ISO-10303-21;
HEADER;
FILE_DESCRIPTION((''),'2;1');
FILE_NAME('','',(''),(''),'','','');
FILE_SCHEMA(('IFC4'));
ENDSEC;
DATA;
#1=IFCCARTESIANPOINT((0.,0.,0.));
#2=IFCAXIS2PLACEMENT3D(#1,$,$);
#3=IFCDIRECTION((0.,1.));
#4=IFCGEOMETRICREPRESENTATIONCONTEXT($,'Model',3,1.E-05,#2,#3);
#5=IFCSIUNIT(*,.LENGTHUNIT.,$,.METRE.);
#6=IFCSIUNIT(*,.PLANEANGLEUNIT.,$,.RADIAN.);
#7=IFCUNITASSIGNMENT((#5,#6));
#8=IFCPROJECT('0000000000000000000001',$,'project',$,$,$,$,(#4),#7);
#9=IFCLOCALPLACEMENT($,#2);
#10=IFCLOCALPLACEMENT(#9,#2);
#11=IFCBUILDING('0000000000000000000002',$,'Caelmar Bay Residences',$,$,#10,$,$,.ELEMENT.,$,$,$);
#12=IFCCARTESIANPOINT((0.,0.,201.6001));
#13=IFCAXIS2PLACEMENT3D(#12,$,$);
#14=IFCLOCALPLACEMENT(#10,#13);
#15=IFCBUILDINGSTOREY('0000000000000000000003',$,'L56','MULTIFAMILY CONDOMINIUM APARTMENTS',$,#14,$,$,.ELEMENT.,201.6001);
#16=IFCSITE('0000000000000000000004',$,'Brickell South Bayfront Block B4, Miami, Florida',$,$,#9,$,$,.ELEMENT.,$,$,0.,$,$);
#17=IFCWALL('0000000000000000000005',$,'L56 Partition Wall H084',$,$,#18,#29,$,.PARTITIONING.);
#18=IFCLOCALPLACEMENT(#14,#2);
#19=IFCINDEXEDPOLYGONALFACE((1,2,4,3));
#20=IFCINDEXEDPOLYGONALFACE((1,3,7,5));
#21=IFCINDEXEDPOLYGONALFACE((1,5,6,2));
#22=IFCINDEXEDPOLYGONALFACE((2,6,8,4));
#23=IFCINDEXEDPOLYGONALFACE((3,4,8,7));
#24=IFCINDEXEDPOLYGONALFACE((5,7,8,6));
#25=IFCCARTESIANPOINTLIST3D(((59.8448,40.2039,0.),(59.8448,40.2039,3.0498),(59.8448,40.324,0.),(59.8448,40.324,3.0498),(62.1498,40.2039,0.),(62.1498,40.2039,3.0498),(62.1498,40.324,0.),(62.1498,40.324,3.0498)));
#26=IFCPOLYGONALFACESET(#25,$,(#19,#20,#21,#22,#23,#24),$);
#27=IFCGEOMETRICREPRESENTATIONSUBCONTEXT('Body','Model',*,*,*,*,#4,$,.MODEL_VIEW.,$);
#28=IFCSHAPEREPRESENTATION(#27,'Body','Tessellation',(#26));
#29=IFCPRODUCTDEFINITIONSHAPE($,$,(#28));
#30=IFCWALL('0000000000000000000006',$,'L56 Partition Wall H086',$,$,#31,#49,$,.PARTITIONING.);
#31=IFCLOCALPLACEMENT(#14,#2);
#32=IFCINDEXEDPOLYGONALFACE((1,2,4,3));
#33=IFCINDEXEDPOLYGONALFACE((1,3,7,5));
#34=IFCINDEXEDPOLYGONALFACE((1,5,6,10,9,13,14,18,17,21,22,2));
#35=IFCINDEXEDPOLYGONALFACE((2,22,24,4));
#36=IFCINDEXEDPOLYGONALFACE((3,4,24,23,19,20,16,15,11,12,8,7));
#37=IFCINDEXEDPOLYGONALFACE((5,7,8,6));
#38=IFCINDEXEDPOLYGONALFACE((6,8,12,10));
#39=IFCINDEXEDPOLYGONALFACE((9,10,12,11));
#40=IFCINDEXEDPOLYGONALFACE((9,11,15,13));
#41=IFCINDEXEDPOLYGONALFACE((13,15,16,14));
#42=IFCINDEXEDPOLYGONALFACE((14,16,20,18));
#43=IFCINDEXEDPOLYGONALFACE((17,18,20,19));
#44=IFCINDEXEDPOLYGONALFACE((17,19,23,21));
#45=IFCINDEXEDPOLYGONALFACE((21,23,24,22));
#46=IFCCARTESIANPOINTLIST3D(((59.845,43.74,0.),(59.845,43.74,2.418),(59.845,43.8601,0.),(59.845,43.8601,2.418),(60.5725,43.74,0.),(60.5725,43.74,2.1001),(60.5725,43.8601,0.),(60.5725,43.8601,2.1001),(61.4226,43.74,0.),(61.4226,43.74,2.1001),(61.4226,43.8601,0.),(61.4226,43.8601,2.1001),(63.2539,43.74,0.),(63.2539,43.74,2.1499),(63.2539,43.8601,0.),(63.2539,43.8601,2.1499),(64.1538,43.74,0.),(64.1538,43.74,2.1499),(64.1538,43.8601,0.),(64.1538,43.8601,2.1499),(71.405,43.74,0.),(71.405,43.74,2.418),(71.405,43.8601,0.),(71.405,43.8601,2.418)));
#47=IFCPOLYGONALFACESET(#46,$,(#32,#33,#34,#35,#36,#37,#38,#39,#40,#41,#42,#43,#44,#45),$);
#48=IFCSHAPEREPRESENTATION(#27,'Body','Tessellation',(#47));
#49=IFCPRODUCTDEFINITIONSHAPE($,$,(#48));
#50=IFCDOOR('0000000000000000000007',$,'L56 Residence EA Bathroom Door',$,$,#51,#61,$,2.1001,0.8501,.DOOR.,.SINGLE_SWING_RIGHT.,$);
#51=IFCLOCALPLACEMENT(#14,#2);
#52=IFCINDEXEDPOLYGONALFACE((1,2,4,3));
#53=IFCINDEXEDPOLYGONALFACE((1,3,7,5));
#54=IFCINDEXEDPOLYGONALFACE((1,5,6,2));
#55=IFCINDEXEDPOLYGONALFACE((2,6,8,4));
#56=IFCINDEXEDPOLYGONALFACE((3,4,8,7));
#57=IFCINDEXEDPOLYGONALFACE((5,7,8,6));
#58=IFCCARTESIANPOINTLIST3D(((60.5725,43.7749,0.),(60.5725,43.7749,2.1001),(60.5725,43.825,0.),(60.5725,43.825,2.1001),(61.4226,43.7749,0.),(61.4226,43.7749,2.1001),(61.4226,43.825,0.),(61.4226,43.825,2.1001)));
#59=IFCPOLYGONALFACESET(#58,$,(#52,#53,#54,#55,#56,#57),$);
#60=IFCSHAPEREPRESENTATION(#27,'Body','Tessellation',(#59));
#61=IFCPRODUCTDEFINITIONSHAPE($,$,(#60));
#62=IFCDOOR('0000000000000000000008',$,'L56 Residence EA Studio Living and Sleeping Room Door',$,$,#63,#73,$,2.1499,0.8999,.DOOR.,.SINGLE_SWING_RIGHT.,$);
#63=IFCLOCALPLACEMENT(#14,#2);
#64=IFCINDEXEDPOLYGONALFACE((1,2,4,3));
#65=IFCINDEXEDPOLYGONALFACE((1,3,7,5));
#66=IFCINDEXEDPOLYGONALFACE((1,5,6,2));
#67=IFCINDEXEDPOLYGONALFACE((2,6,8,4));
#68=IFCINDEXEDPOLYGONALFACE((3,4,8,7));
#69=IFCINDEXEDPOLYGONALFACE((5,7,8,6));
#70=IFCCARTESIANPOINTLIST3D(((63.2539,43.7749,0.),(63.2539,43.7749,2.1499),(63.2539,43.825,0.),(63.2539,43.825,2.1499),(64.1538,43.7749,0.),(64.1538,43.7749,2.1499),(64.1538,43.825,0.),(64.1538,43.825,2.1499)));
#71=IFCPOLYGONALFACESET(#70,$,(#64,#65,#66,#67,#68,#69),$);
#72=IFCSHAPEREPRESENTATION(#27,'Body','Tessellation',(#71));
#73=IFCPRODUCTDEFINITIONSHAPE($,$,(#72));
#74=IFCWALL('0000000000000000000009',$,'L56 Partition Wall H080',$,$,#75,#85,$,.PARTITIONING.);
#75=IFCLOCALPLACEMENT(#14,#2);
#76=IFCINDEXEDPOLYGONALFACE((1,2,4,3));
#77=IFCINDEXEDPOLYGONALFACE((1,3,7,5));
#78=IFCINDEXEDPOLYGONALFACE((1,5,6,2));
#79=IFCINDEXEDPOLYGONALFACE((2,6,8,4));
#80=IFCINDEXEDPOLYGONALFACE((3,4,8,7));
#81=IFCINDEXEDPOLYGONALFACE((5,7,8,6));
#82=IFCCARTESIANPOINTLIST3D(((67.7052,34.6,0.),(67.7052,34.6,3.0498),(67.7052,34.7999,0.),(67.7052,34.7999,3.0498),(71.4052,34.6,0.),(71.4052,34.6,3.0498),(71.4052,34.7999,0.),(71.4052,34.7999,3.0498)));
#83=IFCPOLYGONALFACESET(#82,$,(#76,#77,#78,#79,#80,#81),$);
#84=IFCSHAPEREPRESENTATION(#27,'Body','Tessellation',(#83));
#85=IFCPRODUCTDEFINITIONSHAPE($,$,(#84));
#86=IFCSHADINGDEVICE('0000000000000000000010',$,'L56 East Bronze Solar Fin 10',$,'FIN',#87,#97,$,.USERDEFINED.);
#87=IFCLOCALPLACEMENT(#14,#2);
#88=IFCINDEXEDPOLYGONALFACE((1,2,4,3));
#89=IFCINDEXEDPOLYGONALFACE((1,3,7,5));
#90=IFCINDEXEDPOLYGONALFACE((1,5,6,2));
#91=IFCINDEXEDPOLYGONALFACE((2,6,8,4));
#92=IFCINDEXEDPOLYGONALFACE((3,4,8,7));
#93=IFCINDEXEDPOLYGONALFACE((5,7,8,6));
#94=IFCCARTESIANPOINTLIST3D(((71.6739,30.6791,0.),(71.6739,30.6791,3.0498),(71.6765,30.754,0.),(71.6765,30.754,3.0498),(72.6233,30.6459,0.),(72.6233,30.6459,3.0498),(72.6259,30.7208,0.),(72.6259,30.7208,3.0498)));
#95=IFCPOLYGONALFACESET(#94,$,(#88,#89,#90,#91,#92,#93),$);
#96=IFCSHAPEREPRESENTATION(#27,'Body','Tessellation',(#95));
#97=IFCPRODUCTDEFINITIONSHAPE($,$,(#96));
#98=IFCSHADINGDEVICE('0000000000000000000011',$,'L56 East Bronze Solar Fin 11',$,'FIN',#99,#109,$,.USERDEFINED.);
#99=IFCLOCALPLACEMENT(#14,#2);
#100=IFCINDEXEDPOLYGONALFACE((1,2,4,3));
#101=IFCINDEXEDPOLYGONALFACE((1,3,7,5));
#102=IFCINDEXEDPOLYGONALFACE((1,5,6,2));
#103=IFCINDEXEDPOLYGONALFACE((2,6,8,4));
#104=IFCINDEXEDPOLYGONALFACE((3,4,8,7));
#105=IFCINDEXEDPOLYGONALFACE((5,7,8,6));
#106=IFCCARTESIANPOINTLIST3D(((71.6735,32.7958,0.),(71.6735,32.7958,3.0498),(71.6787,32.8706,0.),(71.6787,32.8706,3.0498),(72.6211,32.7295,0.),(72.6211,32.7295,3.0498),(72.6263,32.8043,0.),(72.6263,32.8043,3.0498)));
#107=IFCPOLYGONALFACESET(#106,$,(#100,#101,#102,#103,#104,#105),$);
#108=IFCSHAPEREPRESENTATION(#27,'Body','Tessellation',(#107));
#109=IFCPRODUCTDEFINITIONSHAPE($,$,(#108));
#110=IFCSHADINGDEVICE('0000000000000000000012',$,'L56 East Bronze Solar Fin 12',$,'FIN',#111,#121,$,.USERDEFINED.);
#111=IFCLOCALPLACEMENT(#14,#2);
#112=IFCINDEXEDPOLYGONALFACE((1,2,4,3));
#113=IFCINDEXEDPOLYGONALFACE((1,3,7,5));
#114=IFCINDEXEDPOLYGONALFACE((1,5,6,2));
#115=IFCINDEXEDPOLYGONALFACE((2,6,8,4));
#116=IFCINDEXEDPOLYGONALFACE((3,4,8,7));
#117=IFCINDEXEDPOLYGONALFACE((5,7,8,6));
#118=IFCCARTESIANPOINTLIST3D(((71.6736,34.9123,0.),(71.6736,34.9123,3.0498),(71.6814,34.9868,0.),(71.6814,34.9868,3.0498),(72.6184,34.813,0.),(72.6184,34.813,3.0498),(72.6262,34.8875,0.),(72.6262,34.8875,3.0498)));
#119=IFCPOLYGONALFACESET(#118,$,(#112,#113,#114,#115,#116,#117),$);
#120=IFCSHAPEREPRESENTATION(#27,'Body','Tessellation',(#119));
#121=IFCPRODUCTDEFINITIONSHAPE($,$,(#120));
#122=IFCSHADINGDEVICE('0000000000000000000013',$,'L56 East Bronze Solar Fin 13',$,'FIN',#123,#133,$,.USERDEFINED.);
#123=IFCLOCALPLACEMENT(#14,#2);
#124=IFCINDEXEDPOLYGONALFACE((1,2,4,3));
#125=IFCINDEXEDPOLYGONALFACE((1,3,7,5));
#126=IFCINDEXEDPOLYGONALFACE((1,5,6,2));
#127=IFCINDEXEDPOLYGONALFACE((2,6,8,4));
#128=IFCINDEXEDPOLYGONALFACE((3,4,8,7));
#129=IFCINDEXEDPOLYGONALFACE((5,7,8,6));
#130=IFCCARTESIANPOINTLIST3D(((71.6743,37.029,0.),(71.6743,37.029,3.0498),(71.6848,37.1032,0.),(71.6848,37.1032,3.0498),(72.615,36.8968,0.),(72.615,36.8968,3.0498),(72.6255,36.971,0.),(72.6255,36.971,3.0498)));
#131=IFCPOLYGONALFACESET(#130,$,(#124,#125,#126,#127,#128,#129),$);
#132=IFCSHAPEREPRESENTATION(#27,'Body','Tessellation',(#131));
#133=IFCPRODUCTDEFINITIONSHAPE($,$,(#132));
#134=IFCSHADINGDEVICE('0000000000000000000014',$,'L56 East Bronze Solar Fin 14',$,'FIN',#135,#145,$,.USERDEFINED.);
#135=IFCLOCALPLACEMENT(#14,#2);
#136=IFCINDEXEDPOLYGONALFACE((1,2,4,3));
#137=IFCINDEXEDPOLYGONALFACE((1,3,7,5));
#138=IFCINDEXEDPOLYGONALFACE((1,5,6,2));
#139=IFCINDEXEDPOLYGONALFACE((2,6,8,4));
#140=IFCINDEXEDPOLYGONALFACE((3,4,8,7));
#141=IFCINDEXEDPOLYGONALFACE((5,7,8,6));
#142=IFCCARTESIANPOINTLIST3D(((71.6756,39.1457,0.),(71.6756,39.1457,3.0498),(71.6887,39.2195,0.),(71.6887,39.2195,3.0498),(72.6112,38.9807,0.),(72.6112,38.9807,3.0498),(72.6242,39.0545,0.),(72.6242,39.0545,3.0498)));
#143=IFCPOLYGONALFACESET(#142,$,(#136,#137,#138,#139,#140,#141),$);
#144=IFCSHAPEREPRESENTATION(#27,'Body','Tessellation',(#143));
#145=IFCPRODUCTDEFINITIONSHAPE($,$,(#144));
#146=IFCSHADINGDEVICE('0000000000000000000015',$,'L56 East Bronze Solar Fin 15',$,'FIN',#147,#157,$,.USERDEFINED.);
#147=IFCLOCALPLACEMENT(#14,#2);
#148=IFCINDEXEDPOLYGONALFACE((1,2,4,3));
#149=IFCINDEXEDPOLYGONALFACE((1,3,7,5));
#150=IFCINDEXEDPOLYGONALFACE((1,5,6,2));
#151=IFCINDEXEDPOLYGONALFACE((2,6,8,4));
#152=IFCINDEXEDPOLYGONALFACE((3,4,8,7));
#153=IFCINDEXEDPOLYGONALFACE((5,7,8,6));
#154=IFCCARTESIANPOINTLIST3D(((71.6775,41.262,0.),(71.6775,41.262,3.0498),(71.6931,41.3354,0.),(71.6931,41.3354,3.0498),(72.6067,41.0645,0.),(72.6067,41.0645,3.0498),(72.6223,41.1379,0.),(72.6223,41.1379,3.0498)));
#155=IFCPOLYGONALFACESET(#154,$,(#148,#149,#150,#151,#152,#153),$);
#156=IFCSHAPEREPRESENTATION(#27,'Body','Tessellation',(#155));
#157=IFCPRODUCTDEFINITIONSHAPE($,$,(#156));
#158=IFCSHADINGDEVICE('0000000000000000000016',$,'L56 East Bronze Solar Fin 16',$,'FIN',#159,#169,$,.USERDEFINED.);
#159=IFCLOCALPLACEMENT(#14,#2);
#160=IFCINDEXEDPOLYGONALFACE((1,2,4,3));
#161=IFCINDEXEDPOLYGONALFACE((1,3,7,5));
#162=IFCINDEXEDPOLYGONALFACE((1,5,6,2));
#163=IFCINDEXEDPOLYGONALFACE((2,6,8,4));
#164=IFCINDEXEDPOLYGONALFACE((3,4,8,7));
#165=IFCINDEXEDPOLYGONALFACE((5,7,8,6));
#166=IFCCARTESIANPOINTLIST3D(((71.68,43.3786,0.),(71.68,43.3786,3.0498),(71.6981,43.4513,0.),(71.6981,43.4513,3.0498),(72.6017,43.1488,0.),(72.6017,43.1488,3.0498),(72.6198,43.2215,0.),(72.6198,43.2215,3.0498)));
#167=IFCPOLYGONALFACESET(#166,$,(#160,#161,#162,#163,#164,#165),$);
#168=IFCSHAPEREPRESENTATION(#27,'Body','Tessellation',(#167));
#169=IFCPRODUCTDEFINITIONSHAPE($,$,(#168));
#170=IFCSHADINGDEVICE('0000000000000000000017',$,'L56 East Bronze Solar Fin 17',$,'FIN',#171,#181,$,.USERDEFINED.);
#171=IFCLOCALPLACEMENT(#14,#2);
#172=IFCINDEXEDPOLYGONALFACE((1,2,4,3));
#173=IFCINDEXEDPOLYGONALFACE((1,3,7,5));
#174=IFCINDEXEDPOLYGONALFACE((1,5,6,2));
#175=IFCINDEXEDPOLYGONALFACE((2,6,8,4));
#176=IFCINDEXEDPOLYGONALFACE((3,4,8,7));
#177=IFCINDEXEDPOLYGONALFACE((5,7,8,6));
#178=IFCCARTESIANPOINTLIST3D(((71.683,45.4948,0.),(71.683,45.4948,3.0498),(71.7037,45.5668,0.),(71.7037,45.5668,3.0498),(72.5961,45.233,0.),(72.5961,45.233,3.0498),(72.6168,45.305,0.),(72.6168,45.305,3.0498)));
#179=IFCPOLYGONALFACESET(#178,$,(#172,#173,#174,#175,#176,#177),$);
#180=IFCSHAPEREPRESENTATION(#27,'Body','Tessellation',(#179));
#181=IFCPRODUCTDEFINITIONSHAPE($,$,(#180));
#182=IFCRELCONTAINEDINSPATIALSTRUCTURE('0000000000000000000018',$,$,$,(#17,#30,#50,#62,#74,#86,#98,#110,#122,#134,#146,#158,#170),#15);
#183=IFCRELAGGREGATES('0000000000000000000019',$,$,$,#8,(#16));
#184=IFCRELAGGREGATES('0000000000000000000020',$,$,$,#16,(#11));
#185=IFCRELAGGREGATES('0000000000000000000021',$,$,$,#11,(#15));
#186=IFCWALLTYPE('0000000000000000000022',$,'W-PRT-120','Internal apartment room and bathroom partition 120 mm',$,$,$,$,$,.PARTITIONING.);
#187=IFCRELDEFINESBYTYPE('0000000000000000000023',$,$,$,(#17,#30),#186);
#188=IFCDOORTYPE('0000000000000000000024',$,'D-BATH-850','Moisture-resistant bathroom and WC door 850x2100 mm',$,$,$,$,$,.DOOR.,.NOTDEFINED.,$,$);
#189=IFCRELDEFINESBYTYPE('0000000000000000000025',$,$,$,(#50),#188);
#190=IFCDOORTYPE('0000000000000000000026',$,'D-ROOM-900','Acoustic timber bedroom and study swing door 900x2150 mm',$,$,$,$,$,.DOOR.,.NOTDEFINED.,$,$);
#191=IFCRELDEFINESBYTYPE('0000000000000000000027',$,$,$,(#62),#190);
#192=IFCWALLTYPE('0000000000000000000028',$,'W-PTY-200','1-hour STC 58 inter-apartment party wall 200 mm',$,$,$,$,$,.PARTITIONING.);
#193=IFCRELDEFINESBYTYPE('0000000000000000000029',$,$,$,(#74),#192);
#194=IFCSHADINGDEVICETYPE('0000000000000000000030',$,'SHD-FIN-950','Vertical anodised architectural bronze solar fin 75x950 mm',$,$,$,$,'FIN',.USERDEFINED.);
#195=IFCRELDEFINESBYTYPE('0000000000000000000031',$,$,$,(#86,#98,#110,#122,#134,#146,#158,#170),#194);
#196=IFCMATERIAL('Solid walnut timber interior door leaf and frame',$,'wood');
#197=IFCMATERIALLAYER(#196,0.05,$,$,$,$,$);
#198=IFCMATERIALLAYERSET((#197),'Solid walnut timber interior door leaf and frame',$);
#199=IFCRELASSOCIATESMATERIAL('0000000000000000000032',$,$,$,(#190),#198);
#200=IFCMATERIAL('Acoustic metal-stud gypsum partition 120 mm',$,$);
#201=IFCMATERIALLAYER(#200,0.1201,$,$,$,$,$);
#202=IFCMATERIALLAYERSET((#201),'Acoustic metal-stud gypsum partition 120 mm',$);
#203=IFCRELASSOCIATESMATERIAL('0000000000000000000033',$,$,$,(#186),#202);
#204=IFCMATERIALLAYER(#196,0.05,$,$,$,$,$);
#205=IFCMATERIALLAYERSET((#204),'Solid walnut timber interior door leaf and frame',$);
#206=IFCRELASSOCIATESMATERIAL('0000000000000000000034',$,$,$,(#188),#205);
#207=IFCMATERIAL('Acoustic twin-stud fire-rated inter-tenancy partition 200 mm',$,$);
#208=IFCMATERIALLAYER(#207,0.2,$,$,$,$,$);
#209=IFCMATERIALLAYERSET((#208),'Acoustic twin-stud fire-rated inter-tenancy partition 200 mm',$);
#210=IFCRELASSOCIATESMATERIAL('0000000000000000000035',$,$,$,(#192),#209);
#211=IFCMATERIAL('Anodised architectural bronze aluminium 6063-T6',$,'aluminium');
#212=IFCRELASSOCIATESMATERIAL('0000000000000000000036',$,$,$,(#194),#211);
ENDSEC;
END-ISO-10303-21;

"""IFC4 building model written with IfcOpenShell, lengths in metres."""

from ifc_helpers import new_model, si_unit, direction, frame, frame_2d, origin, origin_2d, place, context, subcontext, project, spatial, rectangle, extrude, material, layer, layer_set, material_profile, profile_set, type_object, element, fill, save


model = new_model("IFC4")

# Units and contexts
model_context = context("Model", 3, precision=1e-05, world=origin(), true_north=direction((0.0, 1.0)))
body_context = subcontext(model_context, "Body", "Model", "MODEL_VIEW")
ifc_project = project(units=[si_unit("LENGTHUNIT", "METRE"), si_unit("PLANEANGLEUNIT", "RADIAN")], contexts=[model_context])

# Site, building, storey
site_placement = place(None, origin())
site = spatial("IfcSite", under=ifc_project, at=site_placement, Name="Brickell South Bayfront Block B4, Miami, Florida", CompositionType="ELEMENT", RefElevation=0.0)
building_placement = place(site_placement, origin())
building = spatial("IfcBuilding", under=site, at=building_placement, Name="Caelmar Bay Residences", CompositionType="ELEMENT")
storey_placement = place(building_placement, frame((0.0, 0.0, 201.6001)))
storey = spatial("IfcBuildingStorey", under=building, at=storey_placement, Name="L56", Description="MULTIFAMILY CONDOMINIUM APARTMENTS", CompositionType="ELEMENT", Elevation=201.6001)

# Shared definitions
ifc_material_1 = material(Name="Solid walnut timber interior door leaf and frame", Category="wood")
ifc_layer_1 = layer(ifc_material_1, 0.05)
ifc_layer_set_1 = layer_set([ifc_layer_1], Name="Solid walnut timber interior door leaf and frame")
door_type_1 = type_object("IfcDoorType", Name="D-ROOM-900", Description="Acoustic timber bedroom and study swing door 900x2150 mm", OperationType="NOTDEFINED", PredefinedType="DOOR", material=ifc_layer_set_1)
ifc_material_2 = material(Name="Acoustic metal-stud gypsum partition 120 mm")
ifc_layer_2 = layer(ifc_material_2, 0.1201)
ifc_layer_set_2 = layer_set([ifc_layer_2], Name="Acoustic metal-stud gypsum partition 120 mm")
wall_type_1 = type_object("IfcWallType", Name="W-PRT-120", Description="Internal apartment room and bathroom partition 120 mm", PredefinedType="PARTITIONING", material=ifc_layer_set_2)
ifc_layer_3 = layer(ifc_material_1, 0.05)
ifc_layer_set_3 = layer_set([ifc_layer_3], Name="Solid walnut timber interior door leaf and frame")
door_type_2 = type_object("IfcDoorType", Name="D-BATH-850", Description="Moisture-resistant bathroom and WC door 850x2100 mm", OperationType="NOTDEFINED", PredefinedType="DOOR", material=ifc_layer_set_3)

# Wall
wall_1_placement = place(storey_placement, frame((59.845, 40.2639, 0.0), z_axis=(0.0, 0.0, 1.0), x_axis=(1.0, 0.0, 0.0)))
element("IfcWall", 1, at=wall_1_placement, inside=storey, type_object=wall_type_1, Name="L56 Partition Wall H084", PredefinedType="PARTITIONING", context=body_context, shape_type="SweptSolid", body=[
    extrude(rectangle(XDim=2.3049, YDim=0.1201, at=frame_2d((1.1523, 0.0))), origin(), (0.0, 0.0, 1.0), 3.0498),
])

# Wall, openings, doors
wall_2_placement = place(storey_placement, frame((59.845, 43.8, 0.0), z_axis=(0.0, 0.0, 1.0), x_axis=(1.0, 0.0, 0.0)))
wall_2 = element("IfcWall", 2, at=wall_2_placement, inside=storey, type_object=wall_type_1, Name="L56 Partition Wall H086", PredefinedType="PARTITIONING", context=body_context, shape_type="SweptSolid", body=[
    extrude(rectangle(XDim=11.5601, YDim=0.1201, at=frame_2d((5.78, 0.0))), origin(), (0.0, 0.0, 1.0), 2.418),
])
opening_1_placement = place(wall_2_placement, frame((3.4089, 0.0, 0.0)))
opening_1 = element("IfcOpeningElement", 3, at=opening_1_placement, cuts=wall_2, PredefinedType="OPENING", context=body_context, shape_type="SweptSolid", body=[
    extrude(rectangle(XDim=0.8999, YDim=2.1499, at=frame_2d((0.45, 1.075))), frame((0.0, 0.0701, 0.0), z_axis=(0.0, -1.0, 0.0), x_axis=(1.0, 0.0, 0.0)), (0.0, 0.0, 1.0), 0.1401),
])
opening_2_placement = place(wall_2_placement, frame((0.7275, 0.0, 0.0)))
opening_2 = element("IfcOpeningElement", 4, at=opening_2_placement, cuts=wall_2, PredefinedType="OPENING", context=body_context, shape_type="SweptSolid", body=[
    extrude(rectangle(XDim=0.8501, YDim=2.1001, at=frame_2d((0.425, 1.05))), frame((0.0, 0.0701, 0.0), z_axis=(0.0, -1.0, 0.0), x_axis=(1.0, 0.0, 0.0)), (0.0, 0.0, 1.0), 0.1401),
])
door_1_placement = place(opening_2_placement, origin())
door_1 = element("IfcDoor", 5, at=door_1_placement, inside=storey, type_object=door_type_2, Name="L56 Residence EA Bathroom Door", OperationType="SINGLE_SWING_RIGHT", OverallHeight=2.1001, OverallWidth=0.8501, PredefinedType="DOOR", context=body_context, shape_type="SweptSolid", body=[
    extrude(rectangle(XDim=0.8501, YDim=2.1001, at=frame_2d((0.425, 1.05))), frame((0.0, 0.0249, 0.0), z_axis=(0.0, -1.0, 0.0), x_axis=(1.0, 0.0, 0.0)), (0.0, 0.0, 1.0), 0.05),
])
fill(opening_2, door_1)
door_2_placement = place(opening_1_placement, origin())
door_2 = element("IfcDoor", 6, at=door_2_placement, inside=storey, type_object=door_type_1, Name="L56 Residence EA Studio Living and Sleeping Room Door", OperationType="SINGLE_SWING_RIGHT", OverallHeight=2.1499, OverallWidth=0.8999, PredefinedType="DOOR", context=body_context, shape_type="SweptSolid", body=[
    extrude(rectangle(XDim=0.8999, YDim=2.1499, at=frame_2d((0.45, 1.075))), frame((0.0, 0.0249, 0.0), z_axis=(0.0, -1.0, 0.0), x_axis=(1.0, 0.0, 0.0)), (0.0, 0.0, 1.0), 0.05),
])
fill(opening_1, door_2)

# Wall
ifc_material_3 = material(Name="Acoustic twin-stud fire-rated inter-tenancy partition 200 mm")
ifc_layer_4 = layer(ifc_material_3, 0.2)
ifc_layer_set_4 = layer_set([ifc_layer_4], Name="Acoustic twin-stud fire-rated inter-tenancy partition 200 mm")
wall_type_2 = type_object("IfcWallType", Name="W-PTY-200", Description="1-hour STC 58 inter-apartment party wall 200 mm", PredefinedType="PARTITIONING", material=ifc_layer_set_4)
wall_3_placement = place(storey_placement, frame((67.7051, 34.7, 0.0), z_axis=(0.0, 0.0, 1.0), x_axis=(1.0, 0.0, 0.0)))
element("IfcWall", 7, at=wall_3_placement, inside=storey, type_object=wall_type_2, Name="L56 Partition Wall H080", PredefinedType="PARTITIONING", context=body_context, shape_type="SweptSolid", body=[
    extrude(rectangle(XDim=3.7, YDim=0.2, at=frame_2d((1.8501, 0.0))), origin(), (0.0, 0.0, 1.0), 3.0498),
])

# Shading devices
ifc_material_4 = material(Name="Anodised architectural bronze aluminium 6063-T6", Category="aluminium")
ifc_material_profile_1 = material_profile(ifc_material_4, rectangle(XDim=0.075, YDim=0.95, at=origin_2d()), Name="BRONZE-FIN-75X950")
ifc_profile_set_1 = profile_set([ifc_material_profile_1], Name="Anodised architectural bronze aluminium 6063-T6")
shading_device_type = type_object("IfcShadingDeviceType", Name="SHD-FIN-950", Description="Vertical anodised architectural bronze solar fin 75x950 mm", ElementType="FIN", PredefinedType="USERDEFINED", material=ifc_profile_set_1)
for number, where, z_axis, x_axis, name in (
    (8, (72.1499, 30.7, 0.0), (0.0, 0.0, 1.0), (0.034899, 0.999391, 0.0), "L56 East Bronze Solar Fin 10"),
    (9, (72.1499, 32.8, 0.0), (0.0, 0.0, 1.0), (0.069756, 0.997564, 0.0), "L56 East Bronze Solar Fin 11"),
    (10, (72.1499, 34.8999, 0.0), (0.0, 0.0, 1.0), (0.104528, 0.994522, 0.0), "L56 East Bronze Solar Fin 12"),
    (11, (72.1499, 37.0, 0.0), (0.0, 0.0, 1.0), (0.139173, 0.990268, 0.0), "L56 East Bronze Solar Fin 13"),
    (12, (72.1499, 39.1001, 0.0), (0.0, 0.0, 1.0), (0.173648, 0.984808, 0.0), "L56 East Bronze Solar Fin 14"),
    (13, (72.1499, 41.2, 0.0), (0.0, 0.0, 1.0), (0.207912, 0.978148, 0.0), "L56 East Bronze Solar Fin 15"),
    (14, (72.1499, 43.3, 0.0), (0.0, 0.0, 1.0), (0.241922, 0.970296, 0.0), "L56 East Bronze Solar Fin 16"),
    (15, (72.1499, 45.3999, 0.0), (0.0, 0.0, 1.0), (0.275637, 0.961262, 0.0), "L56 East Bronze Solar Fin 17"),
):
    element("IfcShadingDevice", number, at=place(storey_placement, frame(where, z_axis=z_axis, x_axis=x_axis)), inside=storey, type_object=shading_device_type, Name=name, ObjectType="FIN", PredefinedType="USERDEFINED", context=body_context, shape_type="SweptSolid", body=[
        extrude(rectangle(XDim=0.075, YDim=0.95, at=origin_2d()), origin(), (0.0, 0.0, 1.0), 3.0498),
    ])

save(model, "model.ifc")
